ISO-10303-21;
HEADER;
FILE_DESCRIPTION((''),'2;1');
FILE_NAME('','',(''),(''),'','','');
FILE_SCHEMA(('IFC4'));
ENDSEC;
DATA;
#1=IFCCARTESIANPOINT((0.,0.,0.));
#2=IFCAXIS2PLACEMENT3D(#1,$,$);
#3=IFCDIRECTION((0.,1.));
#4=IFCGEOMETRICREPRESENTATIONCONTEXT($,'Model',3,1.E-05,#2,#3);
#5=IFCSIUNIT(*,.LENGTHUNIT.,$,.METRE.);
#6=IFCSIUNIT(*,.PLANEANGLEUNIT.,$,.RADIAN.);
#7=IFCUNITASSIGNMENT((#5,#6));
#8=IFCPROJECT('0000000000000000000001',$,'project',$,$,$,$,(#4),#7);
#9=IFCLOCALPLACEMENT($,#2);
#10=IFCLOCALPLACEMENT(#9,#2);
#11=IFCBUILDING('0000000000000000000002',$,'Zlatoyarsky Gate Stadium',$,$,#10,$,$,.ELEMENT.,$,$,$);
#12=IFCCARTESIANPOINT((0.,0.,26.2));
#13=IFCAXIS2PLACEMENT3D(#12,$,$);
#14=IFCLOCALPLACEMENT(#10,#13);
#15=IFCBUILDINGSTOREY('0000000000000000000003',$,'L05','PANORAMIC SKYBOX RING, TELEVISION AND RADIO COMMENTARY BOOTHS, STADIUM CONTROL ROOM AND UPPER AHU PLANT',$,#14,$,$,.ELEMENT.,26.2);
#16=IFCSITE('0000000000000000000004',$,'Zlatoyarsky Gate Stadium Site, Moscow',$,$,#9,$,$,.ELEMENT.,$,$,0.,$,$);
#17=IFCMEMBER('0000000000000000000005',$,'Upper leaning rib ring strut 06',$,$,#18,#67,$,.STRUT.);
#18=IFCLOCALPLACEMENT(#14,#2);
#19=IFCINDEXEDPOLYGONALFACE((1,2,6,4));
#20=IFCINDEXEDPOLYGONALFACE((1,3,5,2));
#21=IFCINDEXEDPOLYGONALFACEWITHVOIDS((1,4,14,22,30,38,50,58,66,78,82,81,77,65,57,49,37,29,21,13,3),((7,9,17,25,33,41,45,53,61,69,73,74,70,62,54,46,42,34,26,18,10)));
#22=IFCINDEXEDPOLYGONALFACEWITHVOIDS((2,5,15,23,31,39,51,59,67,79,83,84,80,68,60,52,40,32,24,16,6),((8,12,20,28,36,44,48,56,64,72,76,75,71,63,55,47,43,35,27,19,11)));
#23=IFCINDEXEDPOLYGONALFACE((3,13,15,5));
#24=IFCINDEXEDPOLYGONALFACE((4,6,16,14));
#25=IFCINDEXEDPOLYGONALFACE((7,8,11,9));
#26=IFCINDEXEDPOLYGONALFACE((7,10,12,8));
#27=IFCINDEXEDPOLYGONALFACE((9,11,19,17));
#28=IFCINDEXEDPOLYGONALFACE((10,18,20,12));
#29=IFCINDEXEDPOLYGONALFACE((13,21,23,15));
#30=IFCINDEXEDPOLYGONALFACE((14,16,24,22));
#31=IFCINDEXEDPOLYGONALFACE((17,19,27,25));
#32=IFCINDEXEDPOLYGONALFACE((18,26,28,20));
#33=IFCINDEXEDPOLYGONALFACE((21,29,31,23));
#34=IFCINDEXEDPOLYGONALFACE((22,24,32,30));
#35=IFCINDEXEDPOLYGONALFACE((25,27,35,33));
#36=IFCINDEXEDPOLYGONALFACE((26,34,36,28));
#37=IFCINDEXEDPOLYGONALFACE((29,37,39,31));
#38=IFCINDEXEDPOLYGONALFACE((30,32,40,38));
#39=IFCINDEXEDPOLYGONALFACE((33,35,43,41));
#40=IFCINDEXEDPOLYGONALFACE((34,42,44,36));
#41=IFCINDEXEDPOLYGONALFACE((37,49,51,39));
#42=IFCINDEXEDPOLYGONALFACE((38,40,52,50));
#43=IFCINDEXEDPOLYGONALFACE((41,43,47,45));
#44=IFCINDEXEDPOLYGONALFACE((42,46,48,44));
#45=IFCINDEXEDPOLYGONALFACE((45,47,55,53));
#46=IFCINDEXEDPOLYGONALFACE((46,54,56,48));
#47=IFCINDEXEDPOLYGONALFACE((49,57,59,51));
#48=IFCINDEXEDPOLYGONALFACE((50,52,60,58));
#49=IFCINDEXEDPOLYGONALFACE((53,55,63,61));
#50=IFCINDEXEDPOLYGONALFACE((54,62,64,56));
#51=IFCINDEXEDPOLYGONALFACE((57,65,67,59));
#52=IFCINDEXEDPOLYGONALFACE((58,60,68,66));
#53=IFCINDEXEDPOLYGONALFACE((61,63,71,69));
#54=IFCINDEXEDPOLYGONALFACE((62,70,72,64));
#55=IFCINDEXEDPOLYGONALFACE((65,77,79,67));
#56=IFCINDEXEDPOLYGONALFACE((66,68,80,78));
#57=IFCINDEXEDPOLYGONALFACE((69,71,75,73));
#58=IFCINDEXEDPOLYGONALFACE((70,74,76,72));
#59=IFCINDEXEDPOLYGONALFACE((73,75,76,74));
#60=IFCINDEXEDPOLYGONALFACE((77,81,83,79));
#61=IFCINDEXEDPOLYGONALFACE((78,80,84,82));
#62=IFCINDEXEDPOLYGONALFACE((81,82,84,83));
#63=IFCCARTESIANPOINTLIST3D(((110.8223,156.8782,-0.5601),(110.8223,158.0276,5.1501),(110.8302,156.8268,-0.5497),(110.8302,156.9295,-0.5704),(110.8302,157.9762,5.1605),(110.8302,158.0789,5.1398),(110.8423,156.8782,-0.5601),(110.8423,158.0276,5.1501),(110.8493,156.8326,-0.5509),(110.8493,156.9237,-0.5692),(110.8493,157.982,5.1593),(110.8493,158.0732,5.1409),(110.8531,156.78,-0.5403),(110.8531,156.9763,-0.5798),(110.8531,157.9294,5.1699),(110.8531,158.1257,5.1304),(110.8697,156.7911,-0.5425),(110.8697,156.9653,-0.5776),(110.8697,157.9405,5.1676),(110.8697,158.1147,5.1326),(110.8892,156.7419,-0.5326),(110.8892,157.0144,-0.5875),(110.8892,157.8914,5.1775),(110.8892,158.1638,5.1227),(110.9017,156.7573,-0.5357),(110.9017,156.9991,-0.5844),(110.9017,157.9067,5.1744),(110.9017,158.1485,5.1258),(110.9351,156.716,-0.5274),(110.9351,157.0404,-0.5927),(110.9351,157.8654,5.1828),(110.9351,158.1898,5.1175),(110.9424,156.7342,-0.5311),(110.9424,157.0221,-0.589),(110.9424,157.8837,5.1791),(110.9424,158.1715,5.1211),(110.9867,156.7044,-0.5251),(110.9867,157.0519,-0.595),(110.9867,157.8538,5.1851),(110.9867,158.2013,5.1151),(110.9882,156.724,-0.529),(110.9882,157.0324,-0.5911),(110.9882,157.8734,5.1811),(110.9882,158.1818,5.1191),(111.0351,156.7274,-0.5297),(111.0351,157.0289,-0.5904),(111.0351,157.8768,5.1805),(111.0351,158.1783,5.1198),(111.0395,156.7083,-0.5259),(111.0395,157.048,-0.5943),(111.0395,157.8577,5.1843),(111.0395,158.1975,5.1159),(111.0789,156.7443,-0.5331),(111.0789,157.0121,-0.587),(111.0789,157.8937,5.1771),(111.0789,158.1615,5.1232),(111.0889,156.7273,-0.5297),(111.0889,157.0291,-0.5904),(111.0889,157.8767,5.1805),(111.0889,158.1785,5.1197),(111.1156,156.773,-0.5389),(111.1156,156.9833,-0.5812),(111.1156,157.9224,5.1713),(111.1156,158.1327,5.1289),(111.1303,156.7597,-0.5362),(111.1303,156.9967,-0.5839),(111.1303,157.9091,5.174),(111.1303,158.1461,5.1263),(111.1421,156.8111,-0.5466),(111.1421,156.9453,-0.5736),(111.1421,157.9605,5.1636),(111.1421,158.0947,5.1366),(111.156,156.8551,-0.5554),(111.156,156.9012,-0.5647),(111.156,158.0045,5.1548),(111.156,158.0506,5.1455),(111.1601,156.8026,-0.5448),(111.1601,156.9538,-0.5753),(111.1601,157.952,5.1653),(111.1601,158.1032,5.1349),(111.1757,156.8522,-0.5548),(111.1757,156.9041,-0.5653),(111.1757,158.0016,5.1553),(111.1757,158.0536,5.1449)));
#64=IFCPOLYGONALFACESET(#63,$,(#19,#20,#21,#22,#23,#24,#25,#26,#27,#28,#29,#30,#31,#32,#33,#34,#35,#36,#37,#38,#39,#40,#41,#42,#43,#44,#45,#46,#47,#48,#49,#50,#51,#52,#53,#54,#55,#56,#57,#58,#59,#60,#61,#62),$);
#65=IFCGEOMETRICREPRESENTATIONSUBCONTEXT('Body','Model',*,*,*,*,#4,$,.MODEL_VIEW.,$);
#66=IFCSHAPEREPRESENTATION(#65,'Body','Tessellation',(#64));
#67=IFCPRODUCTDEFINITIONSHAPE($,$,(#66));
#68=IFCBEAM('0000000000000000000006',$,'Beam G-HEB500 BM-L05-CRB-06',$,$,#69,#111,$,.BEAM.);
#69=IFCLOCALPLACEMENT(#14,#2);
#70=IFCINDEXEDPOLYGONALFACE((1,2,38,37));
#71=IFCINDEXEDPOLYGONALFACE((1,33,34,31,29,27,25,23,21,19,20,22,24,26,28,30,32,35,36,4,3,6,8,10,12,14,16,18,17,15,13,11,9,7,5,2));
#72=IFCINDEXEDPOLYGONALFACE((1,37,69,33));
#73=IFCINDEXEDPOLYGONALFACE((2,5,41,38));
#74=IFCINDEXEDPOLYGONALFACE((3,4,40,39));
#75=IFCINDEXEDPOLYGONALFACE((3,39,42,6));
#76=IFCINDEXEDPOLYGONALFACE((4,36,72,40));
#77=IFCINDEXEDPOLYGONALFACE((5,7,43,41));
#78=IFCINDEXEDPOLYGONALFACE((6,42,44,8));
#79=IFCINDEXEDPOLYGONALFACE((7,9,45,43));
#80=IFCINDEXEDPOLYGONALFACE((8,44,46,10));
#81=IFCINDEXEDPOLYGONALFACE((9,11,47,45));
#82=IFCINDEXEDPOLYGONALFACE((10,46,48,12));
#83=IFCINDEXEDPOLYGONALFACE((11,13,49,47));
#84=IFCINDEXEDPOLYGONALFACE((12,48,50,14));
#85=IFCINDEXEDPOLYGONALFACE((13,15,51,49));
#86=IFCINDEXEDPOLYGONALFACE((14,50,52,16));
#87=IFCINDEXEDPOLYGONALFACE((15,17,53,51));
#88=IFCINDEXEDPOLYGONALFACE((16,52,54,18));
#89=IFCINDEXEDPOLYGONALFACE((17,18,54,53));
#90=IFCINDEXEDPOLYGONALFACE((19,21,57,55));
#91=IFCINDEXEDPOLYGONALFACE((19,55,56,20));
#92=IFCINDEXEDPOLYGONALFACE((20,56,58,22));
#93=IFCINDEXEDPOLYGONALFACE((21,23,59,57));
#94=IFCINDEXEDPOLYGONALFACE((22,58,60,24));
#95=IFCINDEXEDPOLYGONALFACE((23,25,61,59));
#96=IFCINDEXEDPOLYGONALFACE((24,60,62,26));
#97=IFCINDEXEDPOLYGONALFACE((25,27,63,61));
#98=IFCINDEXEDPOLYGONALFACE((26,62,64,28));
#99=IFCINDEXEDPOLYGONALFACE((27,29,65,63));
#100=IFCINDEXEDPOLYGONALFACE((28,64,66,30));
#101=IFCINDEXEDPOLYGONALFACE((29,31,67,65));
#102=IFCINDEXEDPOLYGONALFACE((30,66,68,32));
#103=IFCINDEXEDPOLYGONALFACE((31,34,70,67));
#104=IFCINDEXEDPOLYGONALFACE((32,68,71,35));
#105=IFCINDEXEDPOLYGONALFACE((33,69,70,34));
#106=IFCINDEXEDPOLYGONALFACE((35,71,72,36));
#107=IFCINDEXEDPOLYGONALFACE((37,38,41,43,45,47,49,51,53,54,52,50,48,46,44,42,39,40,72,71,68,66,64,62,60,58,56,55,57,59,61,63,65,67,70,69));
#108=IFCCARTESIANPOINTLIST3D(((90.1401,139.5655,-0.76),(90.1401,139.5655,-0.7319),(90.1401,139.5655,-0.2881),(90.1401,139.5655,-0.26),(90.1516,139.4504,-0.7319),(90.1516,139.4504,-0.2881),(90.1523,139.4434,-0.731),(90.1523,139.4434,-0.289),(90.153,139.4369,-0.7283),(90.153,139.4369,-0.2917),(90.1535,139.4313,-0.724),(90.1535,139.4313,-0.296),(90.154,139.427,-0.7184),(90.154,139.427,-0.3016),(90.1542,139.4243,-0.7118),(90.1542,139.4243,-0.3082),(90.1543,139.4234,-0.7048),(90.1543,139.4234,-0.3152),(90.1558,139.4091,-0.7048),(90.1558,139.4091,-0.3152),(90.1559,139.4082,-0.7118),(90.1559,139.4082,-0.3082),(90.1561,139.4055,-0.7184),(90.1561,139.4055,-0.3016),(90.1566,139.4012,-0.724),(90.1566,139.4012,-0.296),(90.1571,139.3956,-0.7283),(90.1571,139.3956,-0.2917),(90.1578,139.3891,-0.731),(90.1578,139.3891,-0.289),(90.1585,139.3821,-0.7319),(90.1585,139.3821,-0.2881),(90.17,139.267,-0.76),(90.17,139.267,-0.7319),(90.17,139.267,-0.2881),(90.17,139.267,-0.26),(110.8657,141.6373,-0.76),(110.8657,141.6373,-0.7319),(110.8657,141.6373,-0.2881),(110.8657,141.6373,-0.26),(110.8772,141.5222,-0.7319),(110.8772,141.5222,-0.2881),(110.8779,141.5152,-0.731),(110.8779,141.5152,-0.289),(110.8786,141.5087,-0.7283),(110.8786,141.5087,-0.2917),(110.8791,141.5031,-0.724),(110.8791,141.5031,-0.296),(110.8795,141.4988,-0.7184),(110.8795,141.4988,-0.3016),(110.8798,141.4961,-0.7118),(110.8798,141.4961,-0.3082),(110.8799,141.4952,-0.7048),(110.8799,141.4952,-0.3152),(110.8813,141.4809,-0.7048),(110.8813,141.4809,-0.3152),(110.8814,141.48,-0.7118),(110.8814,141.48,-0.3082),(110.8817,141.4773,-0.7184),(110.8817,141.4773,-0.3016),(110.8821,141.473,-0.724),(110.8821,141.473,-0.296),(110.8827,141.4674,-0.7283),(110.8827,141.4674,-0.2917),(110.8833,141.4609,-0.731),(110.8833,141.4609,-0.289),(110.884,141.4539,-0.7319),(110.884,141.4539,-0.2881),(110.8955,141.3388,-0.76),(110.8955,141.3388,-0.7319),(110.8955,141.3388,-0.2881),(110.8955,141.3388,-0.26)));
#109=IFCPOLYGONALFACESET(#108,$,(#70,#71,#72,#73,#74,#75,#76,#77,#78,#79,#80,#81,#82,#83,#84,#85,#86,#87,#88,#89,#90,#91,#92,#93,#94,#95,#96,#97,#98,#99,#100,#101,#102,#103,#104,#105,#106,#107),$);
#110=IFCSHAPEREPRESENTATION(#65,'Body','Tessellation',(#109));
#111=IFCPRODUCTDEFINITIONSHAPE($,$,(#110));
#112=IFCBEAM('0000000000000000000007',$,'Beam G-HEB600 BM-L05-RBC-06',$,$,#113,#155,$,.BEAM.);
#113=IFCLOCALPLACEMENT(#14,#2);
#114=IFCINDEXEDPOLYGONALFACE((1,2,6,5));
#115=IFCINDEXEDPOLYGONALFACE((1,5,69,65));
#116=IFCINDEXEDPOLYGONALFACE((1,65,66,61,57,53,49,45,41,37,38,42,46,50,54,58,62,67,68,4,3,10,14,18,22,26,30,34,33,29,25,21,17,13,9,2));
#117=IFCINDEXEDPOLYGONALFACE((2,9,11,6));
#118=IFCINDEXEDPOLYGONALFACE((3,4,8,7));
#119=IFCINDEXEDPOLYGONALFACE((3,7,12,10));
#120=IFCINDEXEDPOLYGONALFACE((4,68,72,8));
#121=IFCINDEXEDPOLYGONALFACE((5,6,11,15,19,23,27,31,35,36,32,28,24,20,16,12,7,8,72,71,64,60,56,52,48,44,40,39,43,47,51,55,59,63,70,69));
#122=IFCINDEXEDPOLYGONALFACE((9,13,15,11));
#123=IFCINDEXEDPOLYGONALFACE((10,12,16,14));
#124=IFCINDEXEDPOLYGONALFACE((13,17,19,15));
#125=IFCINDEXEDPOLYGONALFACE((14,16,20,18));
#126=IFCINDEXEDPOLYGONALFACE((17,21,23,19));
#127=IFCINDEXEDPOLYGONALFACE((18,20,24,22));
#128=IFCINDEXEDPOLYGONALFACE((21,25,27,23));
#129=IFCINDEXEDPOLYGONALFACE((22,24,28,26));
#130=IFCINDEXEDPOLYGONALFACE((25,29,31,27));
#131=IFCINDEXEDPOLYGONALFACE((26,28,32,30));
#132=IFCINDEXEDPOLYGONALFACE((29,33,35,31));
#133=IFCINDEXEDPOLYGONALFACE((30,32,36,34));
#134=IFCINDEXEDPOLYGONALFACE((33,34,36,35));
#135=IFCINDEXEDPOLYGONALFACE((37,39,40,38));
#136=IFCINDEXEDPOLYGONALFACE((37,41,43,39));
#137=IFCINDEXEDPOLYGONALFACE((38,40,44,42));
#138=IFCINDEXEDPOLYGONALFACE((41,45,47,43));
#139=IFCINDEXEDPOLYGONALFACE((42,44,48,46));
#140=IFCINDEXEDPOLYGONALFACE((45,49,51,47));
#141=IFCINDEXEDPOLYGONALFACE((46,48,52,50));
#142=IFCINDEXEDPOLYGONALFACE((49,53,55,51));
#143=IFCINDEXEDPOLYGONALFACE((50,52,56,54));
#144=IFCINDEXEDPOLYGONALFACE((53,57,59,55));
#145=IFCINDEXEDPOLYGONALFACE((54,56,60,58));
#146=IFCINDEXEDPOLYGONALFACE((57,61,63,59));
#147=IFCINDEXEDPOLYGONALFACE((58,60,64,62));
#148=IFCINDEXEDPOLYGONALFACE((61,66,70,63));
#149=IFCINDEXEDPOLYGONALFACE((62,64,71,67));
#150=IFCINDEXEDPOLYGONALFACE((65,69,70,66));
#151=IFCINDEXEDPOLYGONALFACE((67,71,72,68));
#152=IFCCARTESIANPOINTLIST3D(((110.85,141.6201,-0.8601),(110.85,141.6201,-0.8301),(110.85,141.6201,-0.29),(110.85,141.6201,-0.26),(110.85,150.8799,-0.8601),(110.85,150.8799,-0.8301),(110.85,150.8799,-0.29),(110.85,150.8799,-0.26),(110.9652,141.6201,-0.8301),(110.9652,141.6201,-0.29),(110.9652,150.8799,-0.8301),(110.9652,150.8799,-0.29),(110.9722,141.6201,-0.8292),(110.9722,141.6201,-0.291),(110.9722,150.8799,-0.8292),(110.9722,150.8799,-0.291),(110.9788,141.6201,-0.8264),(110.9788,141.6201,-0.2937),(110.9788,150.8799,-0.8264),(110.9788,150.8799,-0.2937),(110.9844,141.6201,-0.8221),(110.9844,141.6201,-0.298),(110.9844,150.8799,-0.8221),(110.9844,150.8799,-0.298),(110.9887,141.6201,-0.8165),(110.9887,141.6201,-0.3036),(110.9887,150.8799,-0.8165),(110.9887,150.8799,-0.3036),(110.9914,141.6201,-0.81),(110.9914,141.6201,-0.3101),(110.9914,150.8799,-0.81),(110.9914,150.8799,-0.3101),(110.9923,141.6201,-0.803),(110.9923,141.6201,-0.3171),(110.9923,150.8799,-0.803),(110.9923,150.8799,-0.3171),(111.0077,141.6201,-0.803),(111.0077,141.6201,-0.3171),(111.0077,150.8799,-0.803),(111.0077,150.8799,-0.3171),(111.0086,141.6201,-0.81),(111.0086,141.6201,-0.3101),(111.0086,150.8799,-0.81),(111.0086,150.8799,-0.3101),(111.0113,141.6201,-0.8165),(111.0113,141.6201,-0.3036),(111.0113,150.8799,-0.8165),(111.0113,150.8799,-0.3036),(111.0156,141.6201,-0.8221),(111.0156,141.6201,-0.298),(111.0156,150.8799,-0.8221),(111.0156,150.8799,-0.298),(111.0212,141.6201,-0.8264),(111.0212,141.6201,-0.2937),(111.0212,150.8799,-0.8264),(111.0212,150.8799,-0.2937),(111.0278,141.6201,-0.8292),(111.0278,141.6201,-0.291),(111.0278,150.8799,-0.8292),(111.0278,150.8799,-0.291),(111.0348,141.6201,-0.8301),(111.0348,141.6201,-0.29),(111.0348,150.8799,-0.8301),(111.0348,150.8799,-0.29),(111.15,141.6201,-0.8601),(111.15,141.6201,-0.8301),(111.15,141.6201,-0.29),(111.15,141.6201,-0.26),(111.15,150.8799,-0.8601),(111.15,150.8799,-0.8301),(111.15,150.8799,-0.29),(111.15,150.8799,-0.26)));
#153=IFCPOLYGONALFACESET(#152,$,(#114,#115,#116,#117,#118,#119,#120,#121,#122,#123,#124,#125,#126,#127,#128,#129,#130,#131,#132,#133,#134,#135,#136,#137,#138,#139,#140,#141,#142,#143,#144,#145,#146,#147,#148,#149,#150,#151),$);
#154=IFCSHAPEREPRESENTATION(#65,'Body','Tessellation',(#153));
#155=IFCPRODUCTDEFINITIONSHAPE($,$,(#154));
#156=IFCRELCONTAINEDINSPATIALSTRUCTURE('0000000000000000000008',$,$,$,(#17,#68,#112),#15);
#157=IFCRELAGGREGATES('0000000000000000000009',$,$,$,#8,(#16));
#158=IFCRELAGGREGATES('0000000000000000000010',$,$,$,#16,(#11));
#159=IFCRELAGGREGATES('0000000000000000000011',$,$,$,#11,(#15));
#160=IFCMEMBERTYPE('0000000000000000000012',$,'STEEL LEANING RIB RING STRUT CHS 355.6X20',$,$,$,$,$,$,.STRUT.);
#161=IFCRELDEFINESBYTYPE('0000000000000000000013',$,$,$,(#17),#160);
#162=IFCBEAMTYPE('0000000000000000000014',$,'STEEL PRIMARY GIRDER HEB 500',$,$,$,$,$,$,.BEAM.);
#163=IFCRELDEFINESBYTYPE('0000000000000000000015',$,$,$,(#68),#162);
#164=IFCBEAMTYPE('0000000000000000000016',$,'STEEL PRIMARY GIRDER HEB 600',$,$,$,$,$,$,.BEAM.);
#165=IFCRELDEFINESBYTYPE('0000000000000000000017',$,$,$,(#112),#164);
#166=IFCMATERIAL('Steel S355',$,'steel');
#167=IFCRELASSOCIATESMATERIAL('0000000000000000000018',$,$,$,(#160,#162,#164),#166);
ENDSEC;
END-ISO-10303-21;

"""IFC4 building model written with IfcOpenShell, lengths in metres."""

from ifc_helpers import new_model, si_unit, direction, frame, origin, origin_2d, place, context, subcontext, project, spatial, hollow_circle, i_section, extrude, material, material_profile, profile_set, type_object, element, save


model = new_model("IFC4")

# Units and contexts
model_context = context("Model", 3, precision=1e-05, world=origin(), true_north=direction((0.0, 1.0)))
body_context = subcontext(model_context, "Body", "Model", "MODEL_VIEW")
ifc_project = project(units=[si_unit("LENGTHUNIT", "METRE"), si_unit("PLANEANGLEUNIT", "RADIAN")], contexts=[model_context])

# Site, building, storey
site_placement = place(None, origin())
site = spatial("IfcSite", under=ifc_project, at=site_placement, Name="Zlatoyarsky Gate Stadium Site, Moscow", CompositionType="ELEMENT", RefElevation=0.0)
building_placement = place(site_placement, origin())
building = spatial("IfcBuilding", under=site, at=building_placement, Name="Zlatoyarsky Gate Stadium", CompositionType="ELEMENT")
storey_placement = place(building_placement, frame((0.0, 0.0, 26.2)))
storey = spatial("IfcBuildingStorey", under=building, at=storey_placement, Name="L05", Description="PANORAMIC SKYBOX RING, TELEVISION AND RADIO COMMENTARY BOOTHS, STADIUM CONTROL ROOM AND UPPER AHU PLANT", CompositionType="ELEMENT", Elevation=26.2)

# Shared definitions
ifc_material_1 = material(Name="Steel S355", Category="steel")

# Member
ifc_material_profile_1 = material_profile(ifc_material_1, hollow_circle(Radius=0.1777, WallThickness=0.02, at=origin_2d()), Name="CHS 355.6X20")
ifc_profile_set_1 = profile_set([ifc_material_profile_1], Name="Steel S355")
member_type_1 = type_object("IfcMemberType", Name="STEEL LEANING RIB RING STRUT CHS 355.6X20", PredefinedType="STRUT", material=ifc_profile_set_1)
member_1_placement = place(storey_placement, frame((111.0, 156.8782, -0.5601), z_axis=(0.0, 0.197333, 0.980336), x_axis=(-1.0, 0.0, 0.0)))
element("IfcMember", 1, at=member_1_placement, inside=storey, type_object=member_type_1, Name="Upper leaning rib ring strut 06", PredefinedType="STRUT", context=body_context, shape_type="SweptSolid", body=[
    extrude(hollow_circle(Radius=0.1777, WallThickness=0.02, at=origin_2d()), origin(), (0.0, 0.0, 1.0), 5.8247),
])

# Beams
ifc_material_profile_2 = material_profile(ifc_material_1, i_section(OverallWidth=0.3, OverallDepth=0.5, WebThickness=0.0144, FlangeThickness=0.0281, FilletRadius=0.0271, at=origin_2d()), Name="HEB 500")
ifc_profile_set_2 = profile_set([ifc_material_profile_2], Name="Steel S355")
beam_type_1 = type_object("IfcBeamType", Name="STEEL PRIMARY GIRDER HEB 500", PredefinedType="BEAM", material=ifc_profile_set_2)
beam_1_placement = place(storey_placement, frame((110.8806, 141.488, -0.51), z_axis=(-0.995041, -0.099467, 0.0), x_axis=(0.099467, -0.995041, 0.0)))
element("IfcBeam", 2, at=beam_1_placement, inside=storey, type_object=beam_type_1, Name="Beam G-HEB500 BM-L05-CRB-06", PredefinedType="BEAM", context=body_context, shape_type="SweptSolid", body=[
    extrude(i_section(OverallWidth=0.3, OverallDepth=0.5, WebThickness=0.0144, FlangeThickness=0.0281, FilletRadius=0.0271, at=origin_2d()), origin(), (0.0, 0.0, 1.0), 20.8289),
])
ifc_material_profile_3 = material_profile(ifc_material_1, i_section(OverallWidth=0.3, OverallDepth=0.6001, WebThickness=0.0154, FlangeThickness=0.03, FilletRadius=0.0271, at=origin_2d()), Name="HEB 600")
ifc_profile_set_3 = profile_set([ifc_material_profile_3], Name="Steel S355")
beam_type_2 = type_object("IfcBeamType", Name="STEEL PRIMARY GIRDER HEB 600", PredefinedType="BEAM", material=ifc_profile_set_3)
beam_2_placement = place(storey_placement, frame((111.0, 141.6201, -0.5601), z_axis=(0.0, 1.0, 0.0), x_axis=(-1.0, 0.0, 0.0)))
element("IfcBeam", 3, at=beam_2_placement, inside=storey, type_object=beam_type_2, Name="Beam G-HEB600 BM-L05-RBC-06", PredefinedType="BEAM", context=body_context, shape_type="SweptSolid", body=[
    extrude(i_section(OverallWidth=0.3, OverallDepth=0.6001, WebThickness=0.0154, FlangeThickness=0.03, FilletRadius=0.0271, at=origin_2d()), origin(), (0.0, 0.0, 1.0), 9.2598),
])

save(model, "model.ifc")
